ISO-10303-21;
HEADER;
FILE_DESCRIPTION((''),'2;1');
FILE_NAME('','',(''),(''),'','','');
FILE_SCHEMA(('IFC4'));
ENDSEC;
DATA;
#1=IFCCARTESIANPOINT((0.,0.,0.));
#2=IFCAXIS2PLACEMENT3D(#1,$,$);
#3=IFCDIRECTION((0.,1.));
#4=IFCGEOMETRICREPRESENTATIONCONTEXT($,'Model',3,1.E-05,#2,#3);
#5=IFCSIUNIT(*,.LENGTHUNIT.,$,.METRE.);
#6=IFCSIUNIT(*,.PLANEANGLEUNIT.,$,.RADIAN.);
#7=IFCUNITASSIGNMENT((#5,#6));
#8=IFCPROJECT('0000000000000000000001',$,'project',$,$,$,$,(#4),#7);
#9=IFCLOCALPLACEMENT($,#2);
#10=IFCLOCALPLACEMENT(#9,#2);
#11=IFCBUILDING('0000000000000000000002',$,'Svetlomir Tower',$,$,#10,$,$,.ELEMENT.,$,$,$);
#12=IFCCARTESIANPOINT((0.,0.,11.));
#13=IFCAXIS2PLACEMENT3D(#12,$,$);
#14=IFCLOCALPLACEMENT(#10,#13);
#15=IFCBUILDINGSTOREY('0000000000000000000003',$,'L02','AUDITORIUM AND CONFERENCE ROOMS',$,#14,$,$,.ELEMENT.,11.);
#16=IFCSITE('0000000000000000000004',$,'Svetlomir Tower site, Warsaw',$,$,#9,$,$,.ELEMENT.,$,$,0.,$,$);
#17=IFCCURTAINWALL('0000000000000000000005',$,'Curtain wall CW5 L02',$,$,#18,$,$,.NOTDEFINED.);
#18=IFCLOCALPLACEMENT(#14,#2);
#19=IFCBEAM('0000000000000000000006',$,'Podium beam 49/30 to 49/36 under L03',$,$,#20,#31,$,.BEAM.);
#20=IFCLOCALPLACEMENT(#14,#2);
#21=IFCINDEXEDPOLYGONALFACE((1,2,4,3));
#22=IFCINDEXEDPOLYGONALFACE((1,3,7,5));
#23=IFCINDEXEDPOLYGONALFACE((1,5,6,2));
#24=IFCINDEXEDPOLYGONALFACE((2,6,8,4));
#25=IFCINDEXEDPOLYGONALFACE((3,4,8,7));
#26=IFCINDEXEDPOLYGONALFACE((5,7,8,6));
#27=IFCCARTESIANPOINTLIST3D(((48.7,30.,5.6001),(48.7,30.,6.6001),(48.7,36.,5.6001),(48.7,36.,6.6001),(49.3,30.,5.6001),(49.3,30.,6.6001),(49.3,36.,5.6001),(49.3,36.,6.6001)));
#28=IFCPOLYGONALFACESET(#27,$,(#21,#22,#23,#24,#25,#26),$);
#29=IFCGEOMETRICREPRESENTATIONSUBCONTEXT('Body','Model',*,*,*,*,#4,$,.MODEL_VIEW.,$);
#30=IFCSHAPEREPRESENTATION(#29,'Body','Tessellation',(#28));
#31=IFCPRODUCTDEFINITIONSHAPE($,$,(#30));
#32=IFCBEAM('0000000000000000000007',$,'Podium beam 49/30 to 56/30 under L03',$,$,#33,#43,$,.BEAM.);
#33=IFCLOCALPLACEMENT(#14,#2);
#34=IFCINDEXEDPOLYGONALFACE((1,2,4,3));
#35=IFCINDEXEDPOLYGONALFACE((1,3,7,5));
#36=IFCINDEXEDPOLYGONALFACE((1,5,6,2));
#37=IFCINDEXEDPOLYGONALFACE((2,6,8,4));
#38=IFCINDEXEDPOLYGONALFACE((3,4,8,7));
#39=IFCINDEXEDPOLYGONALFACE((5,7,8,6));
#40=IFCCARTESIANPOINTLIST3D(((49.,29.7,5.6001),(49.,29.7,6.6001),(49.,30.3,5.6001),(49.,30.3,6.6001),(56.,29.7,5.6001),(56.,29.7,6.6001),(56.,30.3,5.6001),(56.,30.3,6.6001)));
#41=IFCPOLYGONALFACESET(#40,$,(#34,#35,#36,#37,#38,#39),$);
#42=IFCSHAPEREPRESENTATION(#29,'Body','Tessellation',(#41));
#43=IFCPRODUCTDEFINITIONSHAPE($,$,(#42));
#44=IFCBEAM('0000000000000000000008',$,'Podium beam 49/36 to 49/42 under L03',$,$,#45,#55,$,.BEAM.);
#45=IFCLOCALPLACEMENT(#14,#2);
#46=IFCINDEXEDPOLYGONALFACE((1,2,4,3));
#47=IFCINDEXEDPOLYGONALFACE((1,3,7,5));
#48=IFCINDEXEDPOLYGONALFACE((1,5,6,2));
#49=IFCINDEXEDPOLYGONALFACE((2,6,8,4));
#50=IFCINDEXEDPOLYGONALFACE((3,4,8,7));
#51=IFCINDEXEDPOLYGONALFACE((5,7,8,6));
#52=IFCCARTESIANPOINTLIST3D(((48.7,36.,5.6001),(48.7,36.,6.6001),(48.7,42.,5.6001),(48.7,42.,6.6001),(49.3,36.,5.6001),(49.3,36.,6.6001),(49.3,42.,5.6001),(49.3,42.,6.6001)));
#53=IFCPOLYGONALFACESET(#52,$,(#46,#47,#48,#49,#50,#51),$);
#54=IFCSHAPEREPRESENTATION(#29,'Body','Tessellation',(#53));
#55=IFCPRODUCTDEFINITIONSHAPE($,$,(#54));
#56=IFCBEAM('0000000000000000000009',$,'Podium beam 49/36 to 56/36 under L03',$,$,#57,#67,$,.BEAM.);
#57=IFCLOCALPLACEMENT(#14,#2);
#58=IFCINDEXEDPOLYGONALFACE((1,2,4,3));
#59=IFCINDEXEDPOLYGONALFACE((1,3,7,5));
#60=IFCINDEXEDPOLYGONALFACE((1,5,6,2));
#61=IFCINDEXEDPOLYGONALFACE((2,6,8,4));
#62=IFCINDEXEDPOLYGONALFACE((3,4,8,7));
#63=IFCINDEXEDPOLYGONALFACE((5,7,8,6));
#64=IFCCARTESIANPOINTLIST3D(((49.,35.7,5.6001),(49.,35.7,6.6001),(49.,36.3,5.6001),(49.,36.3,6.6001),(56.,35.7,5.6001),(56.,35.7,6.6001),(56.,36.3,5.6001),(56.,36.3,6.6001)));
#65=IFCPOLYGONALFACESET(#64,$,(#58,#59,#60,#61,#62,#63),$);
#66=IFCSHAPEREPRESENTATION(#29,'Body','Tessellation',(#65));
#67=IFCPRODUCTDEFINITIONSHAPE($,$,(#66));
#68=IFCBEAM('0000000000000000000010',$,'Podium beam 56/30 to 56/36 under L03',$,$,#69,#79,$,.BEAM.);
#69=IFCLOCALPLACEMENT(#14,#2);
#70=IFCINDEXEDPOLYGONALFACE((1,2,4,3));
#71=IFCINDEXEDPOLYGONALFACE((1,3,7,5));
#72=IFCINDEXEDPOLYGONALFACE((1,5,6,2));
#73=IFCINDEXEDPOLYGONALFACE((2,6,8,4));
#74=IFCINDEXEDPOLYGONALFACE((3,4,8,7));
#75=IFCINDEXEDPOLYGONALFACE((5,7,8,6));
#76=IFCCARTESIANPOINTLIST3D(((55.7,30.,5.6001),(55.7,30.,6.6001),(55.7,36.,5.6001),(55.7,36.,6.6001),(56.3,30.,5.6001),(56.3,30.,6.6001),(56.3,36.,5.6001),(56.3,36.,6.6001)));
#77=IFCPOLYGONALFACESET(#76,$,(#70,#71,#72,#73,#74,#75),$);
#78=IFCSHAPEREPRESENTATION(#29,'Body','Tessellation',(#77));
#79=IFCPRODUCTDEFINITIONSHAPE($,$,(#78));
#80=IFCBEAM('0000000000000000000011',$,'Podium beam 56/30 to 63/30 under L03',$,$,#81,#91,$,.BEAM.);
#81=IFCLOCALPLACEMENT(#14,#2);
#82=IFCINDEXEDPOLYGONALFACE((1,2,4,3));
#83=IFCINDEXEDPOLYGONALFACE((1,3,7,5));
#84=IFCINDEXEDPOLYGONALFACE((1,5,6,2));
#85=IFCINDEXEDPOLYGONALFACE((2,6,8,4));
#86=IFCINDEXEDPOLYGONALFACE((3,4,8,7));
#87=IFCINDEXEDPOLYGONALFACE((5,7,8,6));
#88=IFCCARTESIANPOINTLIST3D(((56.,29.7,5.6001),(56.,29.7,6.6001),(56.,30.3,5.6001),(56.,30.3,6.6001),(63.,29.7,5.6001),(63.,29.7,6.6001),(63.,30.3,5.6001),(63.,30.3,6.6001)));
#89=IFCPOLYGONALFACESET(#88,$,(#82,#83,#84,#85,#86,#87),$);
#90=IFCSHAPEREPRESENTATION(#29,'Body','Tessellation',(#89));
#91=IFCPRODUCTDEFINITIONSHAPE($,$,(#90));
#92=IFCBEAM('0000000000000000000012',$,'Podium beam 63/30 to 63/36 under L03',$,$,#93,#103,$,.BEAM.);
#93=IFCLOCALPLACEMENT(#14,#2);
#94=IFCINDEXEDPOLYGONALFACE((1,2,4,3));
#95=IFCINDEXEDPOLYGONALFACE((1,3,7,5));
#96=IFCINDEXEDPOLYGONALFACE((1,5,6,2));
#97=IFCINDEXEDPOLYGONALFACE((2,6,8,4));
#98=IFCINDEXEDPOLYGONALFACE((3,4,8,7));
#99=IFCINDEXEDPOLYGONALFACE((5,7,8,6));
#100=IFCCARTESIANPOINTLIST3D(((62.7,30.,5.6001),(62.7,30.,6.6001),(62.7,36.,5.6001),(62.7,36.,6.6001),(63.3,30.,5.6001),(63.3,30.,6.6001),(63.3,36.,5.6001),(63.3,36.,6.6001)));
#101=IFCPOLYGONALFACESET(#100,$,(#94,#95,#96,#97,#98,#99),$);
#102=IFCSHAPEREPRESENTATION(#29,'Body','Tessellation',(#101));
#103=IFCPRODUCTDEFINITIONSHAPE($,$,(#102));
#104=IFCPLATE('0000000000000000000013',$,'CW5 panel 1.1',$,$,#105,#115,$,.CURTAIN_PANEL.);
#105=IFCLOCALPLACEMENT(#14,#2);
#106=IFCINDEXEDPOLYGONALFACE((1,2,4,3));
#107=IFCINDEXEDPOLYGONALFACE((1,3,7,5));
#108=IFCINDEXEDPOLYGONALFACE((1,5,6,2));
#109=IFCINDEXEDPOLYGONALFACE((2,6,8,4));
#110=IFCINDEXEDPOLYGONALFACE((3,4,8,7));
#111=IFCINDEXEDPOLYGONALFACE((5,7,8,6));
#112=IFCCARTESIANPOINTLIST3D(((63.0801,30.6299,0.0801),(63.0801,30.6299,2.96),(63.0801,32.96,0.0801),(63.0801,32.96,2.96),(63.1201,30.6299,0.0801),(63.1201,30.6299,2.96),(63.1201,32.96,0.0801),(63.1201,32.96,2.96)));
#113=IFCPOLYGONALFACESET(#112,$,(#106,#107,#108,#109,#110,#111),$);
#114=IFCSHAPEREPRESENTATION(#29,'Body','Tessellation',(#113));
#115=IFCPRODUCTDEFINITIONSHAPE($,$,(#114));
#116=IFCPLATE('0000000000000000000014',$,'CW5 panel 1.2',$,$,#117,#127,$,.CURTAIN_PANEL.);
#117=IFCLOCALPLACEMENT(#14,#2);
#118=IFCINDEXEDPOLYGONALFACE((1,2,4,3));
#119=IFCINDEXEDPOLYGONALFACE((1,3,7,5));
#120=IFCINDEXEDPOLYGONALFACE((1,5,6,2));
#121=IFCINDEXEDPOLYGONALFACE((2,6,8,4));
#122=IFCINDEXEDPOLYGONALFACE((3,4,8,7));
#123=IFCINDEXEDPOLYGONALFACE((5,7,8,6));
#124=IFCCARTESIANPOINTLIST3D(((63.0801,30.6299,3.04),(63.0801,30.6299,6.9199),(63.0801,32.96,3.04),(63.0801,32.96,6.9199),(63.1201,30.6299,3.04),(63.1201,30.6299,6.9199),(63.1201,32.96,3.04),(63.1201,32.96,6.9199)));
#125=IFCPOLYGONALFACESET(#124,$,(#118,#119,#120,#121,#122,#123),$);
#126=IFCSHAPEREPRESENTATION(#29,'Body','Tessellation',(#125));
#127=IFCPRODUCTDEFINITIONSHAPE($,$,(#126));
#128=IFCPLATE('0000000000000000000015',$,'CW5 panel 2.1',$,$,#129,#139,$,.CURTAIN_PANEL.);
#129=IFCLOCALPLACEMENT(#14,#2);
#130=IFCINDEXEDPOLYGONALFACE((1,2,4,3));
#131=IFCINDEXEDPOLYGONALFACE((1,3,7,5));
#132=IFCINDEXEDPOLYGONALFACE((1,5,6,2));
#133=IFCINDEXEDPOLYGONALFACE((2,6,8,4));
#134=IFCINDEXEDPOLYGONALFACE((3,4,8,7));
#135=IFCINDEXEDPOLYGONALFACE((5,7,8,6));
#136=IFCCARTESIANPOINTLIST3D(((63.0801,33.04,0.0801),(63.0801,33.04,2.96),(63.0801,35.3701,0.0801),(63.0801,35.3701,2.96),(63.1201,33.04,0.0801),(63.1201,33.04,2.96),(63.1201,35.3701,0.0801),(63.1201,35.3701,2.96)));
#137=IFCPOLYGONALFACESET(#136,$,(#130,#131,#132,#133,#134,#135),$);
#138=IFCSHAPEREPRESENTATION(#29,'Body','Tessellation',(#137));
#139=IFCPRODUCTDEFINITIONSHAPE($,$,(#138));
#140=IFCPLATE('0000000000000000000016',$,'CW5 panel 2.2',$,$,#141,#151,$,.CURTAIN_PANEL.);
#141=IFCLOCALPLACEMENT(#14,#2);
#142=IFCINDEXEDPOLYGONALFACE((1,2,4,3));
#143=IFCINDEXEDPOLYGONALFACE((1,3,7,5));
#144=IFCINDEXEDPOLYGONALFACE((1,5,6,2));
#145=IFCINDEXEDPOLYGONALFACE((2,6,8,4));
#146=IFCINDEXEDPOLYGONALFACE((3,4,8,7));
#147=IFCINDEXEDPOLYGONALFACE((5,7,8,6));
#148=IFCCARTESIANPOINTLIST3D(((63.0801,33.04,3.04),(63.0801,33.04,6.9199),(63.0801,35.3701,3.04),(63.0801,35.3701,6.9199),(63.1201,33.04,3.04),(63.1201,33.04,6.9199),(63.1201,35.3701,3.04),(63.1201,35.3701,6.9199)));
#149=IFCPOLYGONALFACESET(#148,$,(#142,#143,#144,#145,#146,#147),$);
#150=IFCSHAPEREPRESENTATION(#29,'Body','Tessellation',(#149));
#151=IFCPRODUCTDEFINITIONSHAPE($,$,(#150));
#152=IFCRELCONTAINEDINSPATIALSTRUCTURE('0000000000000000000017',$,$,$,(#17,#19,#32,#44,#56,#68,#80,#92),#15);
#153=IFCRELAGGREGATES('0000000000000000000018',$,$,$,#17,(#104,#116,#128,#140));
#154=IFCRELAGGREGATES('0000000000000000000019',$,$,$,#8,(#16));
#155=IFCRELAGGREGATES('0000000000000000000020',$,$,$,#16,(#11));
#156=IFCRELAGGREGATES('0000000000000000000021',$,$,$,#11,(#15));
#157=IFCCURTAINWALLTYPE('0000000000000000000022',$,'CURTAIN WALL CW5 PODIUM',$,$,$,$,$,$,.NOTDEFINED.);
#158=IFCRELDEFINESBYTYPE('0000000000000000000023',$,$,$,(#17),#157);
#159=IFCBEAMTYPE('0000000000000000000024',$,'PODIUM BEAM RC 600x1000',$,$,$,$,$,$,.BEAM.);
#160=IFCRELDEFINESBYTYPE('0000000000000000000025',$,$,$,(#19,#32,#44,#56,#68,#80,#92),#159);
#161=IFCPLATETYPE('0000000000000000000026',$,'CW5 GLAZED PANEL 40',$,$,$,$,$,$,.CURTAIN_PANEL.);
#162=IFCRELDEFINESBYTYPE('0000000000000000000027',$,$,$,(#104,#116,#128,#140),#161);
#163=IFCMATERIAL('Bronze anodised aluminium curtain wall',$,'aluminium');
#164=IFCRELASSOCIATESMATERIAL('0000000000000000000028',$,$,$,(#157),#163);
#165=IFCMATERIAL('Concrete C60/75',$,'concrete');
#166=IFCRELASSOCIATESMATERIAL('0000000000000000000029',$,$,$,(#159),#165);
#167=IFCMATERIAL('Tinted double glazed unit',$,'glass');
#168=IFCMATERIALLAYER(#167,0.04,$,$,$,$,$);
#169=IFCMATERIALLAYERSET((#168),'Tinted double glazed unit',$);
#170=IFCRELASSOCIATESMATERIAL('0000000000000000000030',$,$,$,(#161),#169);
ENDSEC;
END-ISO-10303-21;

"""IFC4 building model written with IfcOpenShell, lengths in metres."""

from ifc_helpers import new_model, si_unit, direction, frame, origin, origin_2d, place, context, subcontext, project, spatial, rectangle, extrude, material, layer, layer_set, material_profile, profile_set, type_object, element, aggregate, save


model = new_model("IFC4")

# Units and contexts
model_context = context("Model", 3, precision=1e-05, world=origin(), true_north=direction((0.0, 1.0)))
body_context = subcontext(model_context, "Body", "Model", "MODEL_VIEW")
ifc_project = project(units=[si_unit("LENGTHUNIT", "METRE"), si_unit("PLANEANGLEUNIT", "RADIAN")], contexts=[model_context])

# Site, building, storey
site_placement = place(None, origin())
site = spatial("IfcSite", under=ifc_project, at=site_placement, Name="Svetlomir Tower site, Warsaw", CompositionType="ELEMENT", RefElevation=0.0)
building_placement = place(site_placement, origin())
building = spatial("IfcBuilding", under=site, at=building_placement, Name="Svetlomir Tower", CompositionType="ELEMENT")
storey_placement = place(building_placement, frame((0.0, 0.0, 11.0)))
storey = spatial("IfcBuildingStorey", under=building, at=storey_placement, Name="L02", Description="AUDITORIUM AND CONFERENCE ROOMS", CompositionType="ELEMENT", Elevation=11.0)

# Shared definitions
ifc_material_1 = material(Name="Bronze anodised aluminium curtain wall", Category="aluminium")
curtain_wall_type = type_object("IfcCurtainWallType", Name="CURTAIN WALL CW5 PODIUM", PredefinedType="NOTDEFINED", material=ifc_material_1)

# Curtain wall
curtain_wall_1_placement = place(storey_placement, origin())
curtain_wall_1 = element("IfcCurtainWall", 1, at=curtain_wall_1_placement, inside=storey, type_object=curtain_wall_type, Name="Curtain wall CW5 L02", PredefinedType="NOTDEFINED")

# Beams
ifc_material_2 = material(Name="Concrete C60/75", Category="concrete")
ifc_material_profile_1 = material_profile(ifc_material_2, rectangle(XDim=0.6001, YDim=1.0, at=origin_2d()), Name="RC 600x1000")
ifc_profile_set_1 = profile_set([ifc_material_profile_1], Name="Concrete C60/75")
beam_type = type_object("IfcBeamType", Name="PODIUM BEAM RC 600x1000", PredefinedType="BEAM", material=ifc_profile_set_1)
beam_1_placement = place(storey_placement, frame((49.0, 30.0, 6.1001), z_axis=(0.0, 1.0, 0.0), x_axis=(-1.0, 0.0, 0.0)))
element("IfcBeam", 2, at=beam_1_placement, inside=storey, type_object=beam_type, Name="Podium beam 49/30 to 49/36 under L03", PredefinedType="BEAM", context=body_context, shape_type="SweptSolid", body=[
    extrude(rectangle(XDim=0.6001, YDim=1.0, at=origin_2d()), origin(), (0.0, 0.0, 1.0), 6.0),
])
beam_2_placement = place(storey_placement, frame((49.0, 30.0, 6.1001), z_axis=(1.0, 0.0, 0.0), x_axis=(0.0, 1.0, 0.0)))
element("IfcBeam", 3, at=beam_2_placement, inside=storey, type_object=beam_type, Name="Podium beam 49/30 to 56/30 under L03", PredefinedType="BEAM", context=body_context, shape_type="SweptSolid", body=[
    extrude(rectangle(XDim=0.6001, YDim=1.0, at=origin_2d()), origin(), (0.0, 0.0, 1.0), 7.0),
])
beam_3_placement = place(storey_placement, frame((49.0, 36.0, 6.1001), z_axis=(0.0, 1.0, 0.0), x_axis=(-1.0, 0.0, 0.0)))
element("IfcBeam", 4, at=beam_3_placement, inside=storey, type_object=beam_type, Name="Podium beam 49/36 to 49/42 under L03", PredefinedType="BEAM", context=body_context, shape_type="SweptSolid", body=[
    extrude(rectangle(XDim=0.6001, YDim=1.0, at=origin_2d()), origin(), (0.0, 0.0, 1.0), 6.0),
])
beam_4_placement = place(storey_placement, frame((49.0, 36.0, 6.1001), z_axis=(1.0, 0.0, 0.0), x_axis=(0.0, 1.0, 0.0)))
element("IfcBeam", 5, at=beam_4_placement, inside=storey, type_object=beam_type, Name="Podium beam 49/36 to 56/36 under L03", PredefinedType="BEAM", context=body_context, shape_type="SweptSolid", body=[
    extrude(rectangle(XDim=0.6001, YDim=1.0, at=origin_2d()), origin(), (0.0, 0.0, 1.0), 7.0),
])
beam_5_placement = place(storey_placement, frame((56.0, 30.0, 6.1001), z_axis=(0.0, 1.0, 0.0), x_axis=(-1.0, 0.0, 0.0)))
element("IfcBeam", 6, at=beam_5_placement, inside=storey, type_object=beam_type, Name="Podium beam 56/30 to 56/36 under L03", PredefinedType="BEAM", context=body_context, shape_type="SweptSolid", body=[
    extrude(rectangle(XDim=0.6001, YDim=1.0, at=origin_2d()), origin(), (0.0, 0.0, 1.0), 6.0),
])
beam_6_placement = place(storey_placement, frame((56.0, 30.0, 6.1001), z_axis=(1.0, 0.0, 0.0), x_axis=(0.0, 1.0, 0.0)))
element("IfcBeam", 7, at=beam_6_placement, inside=storey, type_object=beam_type, Name="Podium beam 56/30 to 63/30 under L03", PredefinedType="BEAM", context=body_context, shape_type="SweptSolid", body=[
    extrude(rectangle(XDim=0.6001, YDim=1.0, at=origin_2d()), origin(), (0.0, 0.0, 1.0), 7.0),
])
beam_7_placement = place(storey_placement, frame((63.0, 30.0, 6.1001), z_axis=(0.0, 1.0, 0.0), x_axis=(-1.0, 0.0, 0.0)))
element("IfcBeam", 8, at=beam_7_placement, inside=storey, type_object=beam_type, Name="Podium beam 63/30 to 63/36 under L03", PredefinedType="BEAM", context=body_context, shape_type="SweptSolid", body=[
    extrude(rectangle(XDim=0.6001, YDim=1.0, at=origin_2d()), origin(), (0.0, 0.0, 1.0), 6.0),
])

# Plates
ifc_material_3 = material(Name="Tinted double glazed unit", Category="glass")
ifc_layer = layer(ifc_material_3, 0.04)
ifc_layer_set = layer_set([ifc_layer], Name="Tinted double glazed unit")
plate_type = type_object("IfcPlateType", Name="CW5 GLAZED PANEL 40", PredefinedType="CURTAIN_PANEL", material=ifc_layer_set)
plate_1_placement = place(storey_placement, frame((63.1001, 31.7949, 0.0801), z_axis=(0.0, 0.0, 1.0), x_axis=(0.0, 1.0, 0.0)))
plate_1 = element("IfcPlate", 9, at=plate_1_placement, type_object=plate_type, Name="CW5 panel 1.1", PredefinedType="CURTAIN_PANEL", context=body_context, shape_type="SweptSolid", body=[
    extrude(rectangle(XDim=2.3301, YDim=0.04, at=origin_2d()), origin(), (0.0, 0.0, 1.0), 2.8799),
])
plate_2_placement = place(storey_placement, frame((63.1001, 31.7949, 3.04), z_axis=(0.0, 0.0, 1.0), x_axis=(0.0, 1.0, 0.0)))
plate_2 = element("IfcPlate", 10, at=plate_2_placement, type_object=plate_type, Name="CW5 panel 1.2", PredefinedType="CURTAIN_PANEL", context=body_context, shape_type="SweptSolid", body=[
    extrude(rectangle(XDim=2.3301, YDim=0.04, at=origin_2d()), origin(), (0.0, 0.0, 1.0), 3.8799),
])
plate_3_placement = place(storey_placement, frame((63.1001, 34.2051, 0.0801), z_axis=(0.0, 0.0, 1.0), x_axis=(0.0, 1.0, 0.0)))
plate_3 = element("IfcPlate", 11, at=plate_3_placement, type_object=plate_type, Name="CW5 panel 2.1", PredefinedType="CURTAIN_PANEL", context=body_context, shape_type="SweptSolid", body=[
    extrude(rectangle(XDim=2.3301, YDim=0.04, at=origin_2d()), origin(), (0.0, 0.0, 1.0), 2.8799),
])
plate_4_placement = place(storey_placement, frame((63.1001, 34.2051, 3.04), z_axis=(0.0, 0.0, 1.0), x_axis=(0.0, 1.0, 0.0)))
plate_4 = element("IfcPlate", 12, at=plate_4_placement, type_object=plate_type, Name="CW5 panel 2.2", PredefinedType="CURTAIN_PANEL", context=body_context, shape_type="SweptSolid", body=[
    extrude(rectangle(XDim=2.3301, YDim=0.04, at=origin_2d()), origin(), (0.0, 0.0, 1.0), 3.8799),
])
aggregate(curtain_wall_1, [plate_1, plate_2, plate_3, plate_4])

save(model, "model.ifc")
